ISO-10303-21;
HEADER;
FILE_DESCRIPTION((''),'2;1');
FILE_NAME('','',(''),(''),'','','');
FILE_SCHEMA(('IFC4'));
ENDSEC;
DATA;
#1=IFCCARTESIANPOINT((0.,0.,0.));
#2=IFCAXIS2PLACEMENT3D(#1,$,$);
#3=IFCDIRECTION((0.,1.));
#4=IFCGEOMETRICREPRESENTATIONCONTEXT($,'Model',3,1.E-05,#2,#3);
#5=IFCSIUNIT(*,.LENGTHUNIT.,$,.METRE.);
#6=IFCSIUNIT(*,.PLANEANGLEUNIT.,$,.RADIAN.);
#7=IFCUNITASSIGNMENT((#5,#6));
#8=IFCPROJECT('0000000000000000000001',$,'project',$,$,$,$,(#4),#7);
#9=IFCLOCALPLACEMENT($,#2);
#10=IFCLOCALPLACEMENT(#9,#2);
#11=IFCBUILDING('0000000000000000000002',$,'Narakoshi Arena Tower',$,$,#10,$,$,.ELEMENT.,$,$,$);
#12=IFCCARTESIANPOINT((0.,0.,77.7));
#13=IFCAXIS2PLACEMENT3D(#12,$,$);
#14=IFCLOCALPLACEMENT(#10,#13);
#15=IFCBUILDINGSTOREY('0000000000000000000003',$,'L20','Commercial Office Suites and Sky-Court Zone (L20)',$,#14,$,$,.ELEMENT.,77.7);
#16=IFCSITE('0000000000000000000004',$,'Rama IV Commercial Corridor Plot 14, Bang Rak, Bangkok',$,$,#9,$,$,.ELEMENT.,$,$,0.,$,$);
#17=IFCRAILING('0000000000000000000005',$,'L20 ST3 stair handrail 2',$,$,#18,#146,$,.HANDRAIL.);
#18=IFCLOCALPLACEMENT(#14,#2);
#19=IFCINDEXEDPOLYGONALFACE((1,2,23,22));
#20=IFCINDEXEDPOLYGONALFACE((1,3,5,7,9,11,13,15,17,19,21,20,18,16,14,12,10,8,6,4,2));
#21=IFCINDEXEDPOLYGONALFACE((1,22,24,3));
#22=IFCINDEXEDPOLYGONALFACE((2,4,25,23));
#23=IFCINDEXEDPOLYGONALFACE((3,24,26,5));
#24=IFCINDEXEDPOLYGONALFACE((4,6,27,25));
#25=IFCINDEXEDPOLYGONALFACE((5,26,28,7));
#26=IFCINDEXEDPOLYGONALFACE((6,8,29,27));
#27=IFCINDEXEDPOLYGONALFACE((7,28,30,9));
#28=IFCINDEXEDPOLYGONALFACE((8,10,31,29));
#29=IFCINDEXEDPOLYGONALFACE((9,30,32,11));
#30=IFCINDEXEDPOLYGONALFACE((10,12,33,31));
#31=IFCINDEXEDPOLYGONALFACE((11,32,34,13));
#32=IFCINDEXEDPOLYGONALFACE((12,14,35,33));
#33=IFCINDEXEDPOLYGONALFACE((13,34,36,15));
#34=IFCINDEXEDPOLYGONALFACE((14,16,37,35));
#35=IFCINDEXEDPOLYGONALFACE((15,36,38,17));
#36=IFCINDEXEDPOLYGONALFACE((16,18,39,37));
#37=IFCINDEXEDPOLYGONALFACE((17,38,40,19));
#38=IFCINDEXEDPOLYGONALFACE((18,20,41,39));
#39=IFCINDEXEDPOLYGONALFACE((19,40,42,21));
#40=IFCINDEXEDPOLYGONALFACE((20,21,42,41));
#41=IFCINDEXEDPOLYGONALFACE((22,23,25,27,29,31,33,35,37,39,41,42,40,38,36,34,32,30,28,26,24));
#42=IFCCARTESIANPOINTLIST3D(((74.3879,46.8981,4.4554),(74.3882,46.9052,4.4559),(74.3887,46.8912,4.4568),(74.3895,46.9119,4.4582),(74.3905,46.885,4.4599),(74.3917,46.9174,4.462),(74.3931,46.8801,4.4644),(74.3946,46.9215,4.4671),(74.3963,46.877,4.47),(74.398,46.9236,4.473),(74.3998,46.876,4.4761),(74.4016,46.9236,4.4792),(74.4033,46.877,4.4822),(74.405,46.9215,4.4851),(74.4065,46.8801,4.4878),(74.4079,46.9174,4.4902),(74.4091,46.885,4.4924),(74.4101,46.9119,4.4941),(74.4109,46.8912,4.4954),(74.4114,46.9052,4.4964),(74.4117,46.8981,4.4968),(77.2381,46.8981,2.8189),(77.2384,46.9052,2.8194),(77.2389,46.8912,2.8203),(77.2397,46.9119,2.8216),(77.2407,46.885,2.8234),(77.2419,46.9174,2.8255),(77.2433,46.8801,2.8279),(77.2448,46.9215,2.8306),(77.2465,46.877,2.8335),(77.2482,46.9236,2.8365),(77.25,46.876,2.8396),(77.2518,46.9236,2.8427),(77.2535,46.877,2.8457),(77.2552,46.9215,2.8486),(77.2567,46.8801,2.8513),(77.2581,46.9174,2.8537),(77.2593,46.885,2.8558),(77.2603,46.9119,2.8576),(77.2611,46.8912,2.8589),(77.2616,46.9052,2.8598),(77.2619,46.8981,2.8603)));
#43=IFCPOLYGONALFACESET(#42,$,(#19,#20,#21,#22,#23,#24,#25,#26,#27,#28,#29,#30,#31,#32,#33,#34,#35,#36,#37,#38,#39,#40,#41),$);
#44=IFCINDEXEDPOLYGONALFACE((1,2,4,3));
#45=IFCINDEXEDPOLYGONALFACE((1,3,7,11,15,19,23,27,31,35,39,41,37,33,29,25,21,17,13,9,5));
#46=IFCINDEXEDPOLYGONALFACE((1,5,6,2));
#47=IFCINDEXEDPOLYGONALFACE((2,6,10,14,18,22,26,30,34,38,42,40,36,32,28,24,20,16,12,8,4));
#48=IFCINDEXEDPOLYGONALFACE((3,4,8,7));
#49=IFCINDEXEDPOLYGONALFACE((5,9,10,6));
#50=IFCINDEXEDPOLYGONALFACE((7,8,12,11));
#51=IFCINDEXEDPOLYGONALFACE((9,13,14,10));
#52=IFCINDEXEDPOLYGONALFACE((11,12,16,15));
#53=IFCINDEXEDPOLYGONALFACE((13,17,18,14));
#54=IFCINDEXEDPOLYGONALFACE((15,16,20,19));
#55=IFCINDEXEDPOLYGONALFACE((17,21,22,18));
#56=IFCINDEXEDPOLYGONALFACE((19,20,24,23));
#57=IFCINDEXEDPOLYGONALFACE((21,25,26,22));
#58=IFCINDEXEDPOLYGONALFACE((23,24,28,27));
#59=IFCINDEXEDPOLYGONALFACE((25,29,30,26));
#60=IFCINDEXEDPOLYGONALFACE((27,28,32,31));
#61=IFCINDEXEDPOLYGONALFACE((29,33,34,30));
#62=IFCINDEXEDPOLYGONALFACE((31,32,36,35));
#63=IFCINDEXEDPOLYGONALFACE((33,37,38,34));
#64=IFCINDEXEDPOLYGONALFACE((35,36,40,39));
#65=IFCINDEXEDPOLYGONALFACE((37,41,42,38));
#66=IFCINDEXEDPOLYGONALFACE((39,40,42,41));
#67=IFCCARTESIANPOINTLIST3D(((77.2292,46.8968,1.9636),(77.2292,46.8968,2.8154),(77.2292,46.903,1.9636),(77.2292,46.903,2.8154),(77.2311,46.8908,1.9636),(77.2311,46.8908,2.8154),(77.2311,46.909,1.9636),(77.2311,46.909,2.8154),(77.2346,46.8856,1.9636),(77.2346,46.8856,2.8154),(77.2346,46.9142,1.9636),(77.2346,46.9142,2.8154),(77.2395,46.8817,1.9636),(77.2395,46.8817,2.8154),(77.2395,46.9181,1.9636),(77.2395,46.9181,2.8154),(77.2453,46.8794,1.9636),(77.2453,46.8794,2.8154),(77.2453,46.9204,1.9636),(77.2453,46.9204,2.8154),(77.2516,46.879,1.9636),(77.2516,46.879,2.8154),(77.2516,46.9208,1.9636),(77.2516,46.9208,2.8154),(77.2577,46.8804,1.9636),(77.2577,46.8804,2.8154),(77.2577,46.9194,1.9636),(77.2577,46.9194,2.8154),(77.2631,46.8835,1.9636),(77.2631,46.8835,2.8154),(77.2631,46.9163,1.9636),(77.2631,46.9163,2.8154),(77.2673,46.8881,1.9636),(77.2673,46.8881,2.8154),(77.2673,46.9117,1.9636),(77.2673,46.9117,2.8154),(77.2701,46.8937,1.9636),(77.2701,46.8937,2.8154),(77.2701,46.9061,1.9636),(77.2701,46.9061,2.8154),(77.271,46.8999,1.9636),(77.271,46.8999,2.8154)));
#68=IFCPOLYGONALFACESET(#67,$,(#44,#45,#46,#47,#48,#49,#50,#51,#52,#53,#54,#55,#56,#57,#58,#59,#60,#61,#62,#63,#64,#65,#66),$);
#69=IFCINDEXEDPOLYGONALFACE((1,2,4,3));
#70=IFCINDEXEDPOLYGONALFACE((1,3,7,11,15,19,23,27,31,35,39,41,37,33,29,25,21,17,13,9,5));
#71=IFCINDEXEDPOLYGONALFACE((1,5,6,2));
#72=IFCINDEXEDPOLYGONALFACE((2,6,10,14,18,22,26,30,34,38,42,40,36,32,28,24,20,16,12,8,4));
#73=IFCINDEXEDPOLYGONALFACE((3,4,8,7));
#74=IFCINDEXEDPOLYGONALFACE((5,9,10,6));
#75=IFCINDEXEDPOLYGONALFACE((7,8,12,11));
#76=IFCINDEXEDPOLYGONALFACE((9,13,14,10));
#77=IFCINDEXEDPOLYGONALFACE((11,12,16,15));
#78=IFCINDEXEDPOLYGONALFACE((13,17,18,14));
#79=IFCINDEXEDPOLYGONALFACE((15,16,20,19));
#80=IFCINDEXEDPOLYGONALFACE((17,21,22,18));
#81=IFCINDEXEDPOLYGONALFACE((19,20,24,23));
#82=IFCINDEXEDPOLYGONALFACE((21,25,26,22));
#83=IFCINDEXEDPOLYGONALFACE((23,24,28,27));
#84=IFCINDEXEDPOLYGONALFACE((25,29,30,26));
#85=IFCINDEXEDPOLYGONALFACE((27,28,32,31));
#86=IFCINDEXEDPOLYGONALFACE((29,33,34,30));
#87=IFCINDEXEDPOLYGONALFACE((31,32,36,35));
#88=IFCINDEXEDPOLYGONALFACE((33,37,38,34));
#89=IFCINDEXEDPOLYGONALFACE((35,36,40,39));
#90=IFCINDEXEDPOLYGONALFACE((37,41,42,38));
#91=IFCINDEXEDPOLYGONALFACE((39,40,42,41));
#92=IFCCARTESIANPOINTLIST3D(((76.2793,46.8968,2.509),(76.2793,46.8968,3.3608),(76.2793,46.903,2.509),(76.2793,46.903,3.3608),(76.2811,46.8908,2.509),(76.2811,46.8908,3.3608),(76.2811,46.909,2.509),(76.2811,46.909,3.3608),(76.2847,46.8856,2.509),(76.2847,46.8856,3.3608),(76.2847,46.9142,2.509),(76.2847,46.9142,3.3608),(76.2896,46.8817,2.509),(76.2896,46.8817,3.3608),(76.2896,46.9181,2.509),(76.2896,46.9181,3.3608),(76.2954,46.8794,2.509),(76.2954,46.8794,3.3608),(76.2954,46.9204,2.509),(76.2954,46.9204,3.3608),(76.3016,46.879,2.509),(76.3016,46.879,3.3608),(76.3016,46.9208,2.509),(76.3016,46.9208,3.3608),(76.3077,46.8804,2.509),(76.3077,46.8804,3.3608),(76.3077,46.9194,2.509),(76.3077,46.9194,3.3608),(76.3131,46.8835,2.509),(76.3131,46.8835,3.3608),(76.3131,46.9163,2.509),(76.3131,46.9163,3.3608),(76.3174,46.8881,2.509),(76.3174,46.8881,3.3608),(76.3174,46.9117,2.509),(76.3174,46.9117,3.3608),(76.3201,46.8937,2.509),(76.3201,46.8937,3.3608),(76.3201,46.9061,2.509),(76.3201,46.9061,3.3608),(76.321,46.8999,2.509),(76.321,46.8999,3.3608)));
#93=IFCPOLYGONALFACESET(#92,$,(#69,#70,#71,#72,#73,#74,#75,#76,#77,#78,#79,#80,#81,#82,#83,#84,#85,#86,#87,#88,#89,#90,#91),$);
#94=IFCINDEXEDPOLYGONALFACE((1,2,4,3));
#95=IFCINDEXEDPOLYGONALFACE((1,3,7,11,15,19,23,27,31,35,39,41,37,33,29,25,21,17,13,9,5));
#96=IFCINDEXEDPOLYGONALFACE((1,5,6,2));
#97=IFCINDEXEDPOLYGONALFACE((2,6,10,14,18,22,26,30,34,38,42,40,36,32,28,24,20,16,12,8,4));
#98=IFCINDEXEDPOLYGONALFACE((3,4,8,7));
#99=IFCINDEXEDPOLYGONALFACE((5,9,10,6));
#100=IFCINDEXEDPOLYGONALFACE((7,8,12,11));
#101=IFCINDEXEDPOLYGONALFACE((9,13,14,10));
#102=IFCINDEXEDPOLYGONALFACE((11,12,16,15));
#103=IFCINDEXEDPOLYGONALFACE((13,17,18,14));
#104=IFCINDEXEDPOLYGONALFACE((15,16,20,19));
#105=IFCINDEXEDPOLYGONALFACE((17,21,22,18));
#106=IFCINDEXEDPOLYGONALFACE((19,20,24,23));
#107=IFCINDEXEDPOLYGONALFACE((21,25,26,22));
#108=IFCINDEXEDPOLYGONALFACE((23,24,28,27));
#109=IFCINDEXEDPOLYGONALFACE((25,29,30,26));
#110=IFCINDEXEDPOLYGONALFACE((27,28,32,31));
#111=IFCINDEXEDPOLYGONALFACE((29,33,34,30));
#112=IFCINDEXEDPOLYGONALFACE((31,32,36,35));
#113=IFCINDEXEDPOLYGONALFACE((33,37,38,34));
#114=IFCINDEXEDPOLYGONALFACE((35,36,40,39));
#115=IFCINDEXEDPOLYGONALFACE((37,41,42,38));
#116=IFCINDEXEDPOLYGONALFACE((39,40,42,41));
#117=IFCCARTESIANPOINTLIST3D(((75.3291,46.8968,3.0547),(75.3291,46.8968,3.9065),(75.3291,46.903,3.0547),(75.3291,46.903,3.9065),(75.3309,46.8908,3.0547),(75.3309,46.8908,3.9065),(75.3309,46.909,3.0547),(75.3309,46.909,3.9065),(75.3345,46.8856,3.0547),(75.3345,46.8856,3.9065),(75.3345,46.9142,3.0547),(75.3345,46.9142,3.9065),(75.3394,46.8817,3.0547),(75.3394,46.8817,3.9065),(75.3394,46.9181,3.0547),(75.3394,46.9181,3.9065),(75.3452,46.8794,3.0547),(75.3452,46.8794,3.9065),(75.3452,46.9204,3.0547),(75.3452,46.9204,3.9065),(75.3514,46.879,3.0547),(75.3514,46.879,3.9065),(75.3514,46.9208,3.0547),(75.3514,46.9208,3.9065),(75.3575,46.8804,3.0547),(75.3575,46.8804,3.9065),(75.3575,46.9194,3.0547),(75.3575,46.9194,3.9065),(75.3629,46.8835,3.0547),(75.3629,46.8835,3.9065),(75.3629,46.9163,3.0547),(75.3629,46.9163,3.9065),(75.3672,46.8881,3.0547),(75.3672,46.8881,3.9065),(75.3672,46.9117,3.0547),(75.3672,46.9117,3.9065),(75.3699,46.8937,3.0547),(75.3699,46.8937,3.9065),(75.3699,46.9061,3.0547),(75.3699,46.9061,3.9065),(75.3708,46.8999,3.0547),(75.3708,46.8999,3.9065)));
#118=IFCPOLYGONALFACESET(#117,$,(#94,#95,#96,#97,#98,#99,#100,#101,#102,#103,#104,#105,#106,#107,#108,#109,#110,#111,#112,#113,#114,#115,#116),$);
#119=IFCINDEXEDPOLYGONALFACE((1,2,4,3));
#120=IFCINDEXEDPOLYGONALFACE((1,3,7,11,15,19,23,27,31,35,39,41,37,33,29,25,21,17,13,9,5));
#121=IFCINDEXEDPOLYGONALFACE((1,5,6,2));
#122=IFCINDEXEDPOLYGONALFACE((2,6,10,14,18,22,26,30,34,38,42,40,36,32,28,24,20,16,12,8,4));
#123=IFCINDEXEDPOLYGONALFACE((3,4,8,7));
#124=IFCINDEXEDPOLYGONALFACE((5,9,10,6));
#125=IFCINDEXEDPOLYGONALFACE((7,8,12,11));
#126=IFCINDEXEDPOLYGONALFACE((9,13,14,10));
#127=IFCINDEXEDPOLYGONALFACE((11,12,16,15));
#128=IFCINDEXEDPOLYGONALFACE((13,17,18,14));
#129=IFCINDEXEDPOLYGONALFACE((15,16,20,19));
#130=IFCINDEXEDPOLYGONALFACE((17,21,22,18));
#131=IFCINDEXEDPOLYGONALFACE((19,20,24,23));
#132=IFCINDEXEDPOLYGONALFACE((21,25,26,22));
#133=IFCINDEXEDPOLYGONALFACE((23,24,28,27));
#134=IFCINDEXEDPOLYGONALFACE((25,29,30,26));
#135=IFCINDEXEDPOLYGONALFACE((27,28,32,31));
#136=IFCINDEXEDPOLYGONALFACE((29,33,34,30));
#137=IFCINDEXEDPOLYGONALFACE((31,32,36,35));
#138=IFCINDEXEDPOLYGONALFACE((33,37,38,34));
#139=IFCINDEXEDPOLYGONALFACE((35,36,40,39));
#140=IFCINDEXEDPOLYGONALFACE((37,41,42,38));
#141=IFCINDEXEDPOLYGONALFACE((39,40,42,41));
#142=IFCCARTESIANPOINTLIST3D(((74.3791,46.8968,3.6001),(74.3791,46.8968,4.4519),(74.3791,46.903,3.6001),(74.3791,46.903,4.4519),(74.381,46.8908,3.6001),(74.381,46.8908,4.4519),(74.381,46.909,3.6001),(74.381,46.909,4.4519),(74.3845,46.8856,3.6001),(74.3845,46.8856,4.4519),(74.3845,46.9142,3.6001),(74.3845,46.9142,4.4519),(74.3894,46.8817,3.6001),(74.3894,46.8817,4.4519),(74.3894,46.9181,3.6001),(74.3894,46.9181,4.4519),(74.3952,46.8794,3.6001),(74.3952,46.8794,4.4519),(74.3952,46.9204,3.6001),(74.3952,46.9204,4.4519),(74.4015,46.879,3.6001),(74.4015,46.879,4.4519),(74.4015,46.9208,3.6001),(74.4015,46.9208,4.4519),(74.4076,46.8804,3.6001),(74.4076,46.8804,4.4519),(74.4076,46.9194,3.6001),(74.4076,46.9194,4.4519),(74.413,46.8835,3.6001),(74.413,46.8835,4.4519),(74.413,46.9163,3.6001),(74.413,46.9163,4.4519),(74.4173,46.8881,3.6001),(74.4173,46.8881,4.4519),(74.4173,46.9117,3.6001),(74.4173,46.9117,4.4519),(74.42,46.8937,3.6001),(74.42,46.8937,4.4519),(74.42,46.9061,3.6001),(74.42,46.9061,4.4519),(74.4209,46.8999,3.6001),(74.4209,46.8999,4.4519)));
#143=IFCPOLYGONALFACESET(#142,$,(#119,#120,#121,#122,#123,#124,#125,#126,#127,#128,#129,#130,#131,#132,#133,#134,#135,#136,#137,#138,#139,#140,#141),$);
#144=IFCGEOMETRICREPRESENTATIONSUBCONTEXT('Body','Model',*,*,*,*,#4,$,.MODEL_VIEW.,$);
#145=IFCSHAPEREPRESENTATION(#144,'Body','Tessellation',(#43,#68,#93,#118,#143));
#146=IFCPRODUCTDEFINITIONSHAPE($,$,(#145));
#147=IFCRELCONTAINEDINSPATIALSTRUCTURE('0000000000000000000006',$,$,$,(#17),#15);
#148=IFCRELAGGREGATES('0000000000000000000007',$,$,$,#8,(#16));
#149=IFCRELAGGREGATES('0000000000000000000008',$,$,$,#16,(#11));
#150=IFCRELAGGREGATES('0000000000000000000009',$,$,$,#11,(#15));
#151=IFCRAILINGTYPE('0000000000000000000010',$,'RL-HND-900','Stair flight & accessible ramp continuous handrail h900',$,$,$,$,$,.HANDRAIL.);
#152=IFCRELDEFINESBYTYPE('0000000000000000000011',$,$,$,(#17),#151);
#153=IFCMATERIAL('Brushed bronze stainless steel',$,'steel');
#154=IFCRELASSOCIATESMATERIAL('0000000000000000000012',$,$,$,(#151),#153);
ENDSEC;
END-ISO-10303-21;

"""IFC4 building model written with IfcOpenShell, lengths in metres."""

from ifc_helpers import new_model, si_unit, direction, frame, origin, origin_2d, place, context, subcontext, project, spatial, circle, extrude, material, type_object, element, save


model = new_model("IFC4")

# Units and contexts
model_context = context("Model", 3, precision=1e-05, world=origin(), true_north=direction((0.0, 1.0)))
body_context = subcontext(model_context, "Body", "Model", "MODEL_VIEW")
ifc_project = project(units=[si_unit("LENGTHUNIT", "METRE"), si_unit("PLANEANGLEUNIT", "RADIAN")], contexts=[model_context])

# Site, building, storey
site_placement = place(None, origin())
site = spatial("IfcSite", under=ifc_project, at=site_placement, Name="Rama IV Commercial Corridor Plot 14, Bang Rak, Bangkok", CompositionType="ELEMENT", RefElevation=0.0)
building_placement = place(site_placement, origin())
building = spatial("IfcBuilding", under=site, at=building_placement, Name="Narakoshi Arena Tower", CompositionType="ELEMENT")
storey_placement = place(building_placement, frame((0.0, 0.0, 77.7)))
storey = spatial("IfcBuildingStorey", under=building, at=storey_placement, Name="L20", Description="Commercial Office Suites and Sky-Court Zone (L20)", CompositionType="ELEMENT", Elevation=77.7)

# Railing
ifc_material_1 = material(Name="Brushed bronze stainless steel", Category="steel")
railing_type_1 = type_object("IfcRailingType", Name="RL-HND-900", Description="Stair flight & accessible ramp continuous handrail h900", PredefinedType="HANDRAIL", material=ifc_material_1)
railing_1_placement = place(storey_placement, frame((77.25, 46.8999, 1.9636)))
element("IfcRailing", 1, at=railing_1_placement, inside=storey, type_object=railing_type_1, Name="L20 ST3 stair handrail 2", PredefinedType="HANDRAIL", context=body_context, shape_type="SweptSolid", body=[
    extrude(circle(Radius=0.0239, at=origin_2d()), frame((0.0, 0.0, 0.876), z_axis=(-0.867213, 0.0, 0.497938), x_axis=(0.0, -1.0, 0.0)), (0.0, 0.0, 1.0), 3.2866),
    extrude(circle(Radius=0.021, at=origin_2d()), origin(), (0.0, 0.0, 1.0), 0.8518),
    extrude(circle(Radius=0.021, at=origin_2d()), frame((-0.95, 0.0, 0.5454)), (0.0, 0.0, 1.0), 0.8518),
    extrude(circle(Radius=0.021, at=origin_2d()), frame((-1.9001, 0.0, 1.0911)), (0.0, 0.0, 1.0), 0.8518),
    extrude(circle(Radius=0.021, at=origin_2d()), frame((-2.8501, 0.0, 1.6365)), (0.0, 0.0, 1.0), 0.8518),
])

save(model, "model.ifc")
